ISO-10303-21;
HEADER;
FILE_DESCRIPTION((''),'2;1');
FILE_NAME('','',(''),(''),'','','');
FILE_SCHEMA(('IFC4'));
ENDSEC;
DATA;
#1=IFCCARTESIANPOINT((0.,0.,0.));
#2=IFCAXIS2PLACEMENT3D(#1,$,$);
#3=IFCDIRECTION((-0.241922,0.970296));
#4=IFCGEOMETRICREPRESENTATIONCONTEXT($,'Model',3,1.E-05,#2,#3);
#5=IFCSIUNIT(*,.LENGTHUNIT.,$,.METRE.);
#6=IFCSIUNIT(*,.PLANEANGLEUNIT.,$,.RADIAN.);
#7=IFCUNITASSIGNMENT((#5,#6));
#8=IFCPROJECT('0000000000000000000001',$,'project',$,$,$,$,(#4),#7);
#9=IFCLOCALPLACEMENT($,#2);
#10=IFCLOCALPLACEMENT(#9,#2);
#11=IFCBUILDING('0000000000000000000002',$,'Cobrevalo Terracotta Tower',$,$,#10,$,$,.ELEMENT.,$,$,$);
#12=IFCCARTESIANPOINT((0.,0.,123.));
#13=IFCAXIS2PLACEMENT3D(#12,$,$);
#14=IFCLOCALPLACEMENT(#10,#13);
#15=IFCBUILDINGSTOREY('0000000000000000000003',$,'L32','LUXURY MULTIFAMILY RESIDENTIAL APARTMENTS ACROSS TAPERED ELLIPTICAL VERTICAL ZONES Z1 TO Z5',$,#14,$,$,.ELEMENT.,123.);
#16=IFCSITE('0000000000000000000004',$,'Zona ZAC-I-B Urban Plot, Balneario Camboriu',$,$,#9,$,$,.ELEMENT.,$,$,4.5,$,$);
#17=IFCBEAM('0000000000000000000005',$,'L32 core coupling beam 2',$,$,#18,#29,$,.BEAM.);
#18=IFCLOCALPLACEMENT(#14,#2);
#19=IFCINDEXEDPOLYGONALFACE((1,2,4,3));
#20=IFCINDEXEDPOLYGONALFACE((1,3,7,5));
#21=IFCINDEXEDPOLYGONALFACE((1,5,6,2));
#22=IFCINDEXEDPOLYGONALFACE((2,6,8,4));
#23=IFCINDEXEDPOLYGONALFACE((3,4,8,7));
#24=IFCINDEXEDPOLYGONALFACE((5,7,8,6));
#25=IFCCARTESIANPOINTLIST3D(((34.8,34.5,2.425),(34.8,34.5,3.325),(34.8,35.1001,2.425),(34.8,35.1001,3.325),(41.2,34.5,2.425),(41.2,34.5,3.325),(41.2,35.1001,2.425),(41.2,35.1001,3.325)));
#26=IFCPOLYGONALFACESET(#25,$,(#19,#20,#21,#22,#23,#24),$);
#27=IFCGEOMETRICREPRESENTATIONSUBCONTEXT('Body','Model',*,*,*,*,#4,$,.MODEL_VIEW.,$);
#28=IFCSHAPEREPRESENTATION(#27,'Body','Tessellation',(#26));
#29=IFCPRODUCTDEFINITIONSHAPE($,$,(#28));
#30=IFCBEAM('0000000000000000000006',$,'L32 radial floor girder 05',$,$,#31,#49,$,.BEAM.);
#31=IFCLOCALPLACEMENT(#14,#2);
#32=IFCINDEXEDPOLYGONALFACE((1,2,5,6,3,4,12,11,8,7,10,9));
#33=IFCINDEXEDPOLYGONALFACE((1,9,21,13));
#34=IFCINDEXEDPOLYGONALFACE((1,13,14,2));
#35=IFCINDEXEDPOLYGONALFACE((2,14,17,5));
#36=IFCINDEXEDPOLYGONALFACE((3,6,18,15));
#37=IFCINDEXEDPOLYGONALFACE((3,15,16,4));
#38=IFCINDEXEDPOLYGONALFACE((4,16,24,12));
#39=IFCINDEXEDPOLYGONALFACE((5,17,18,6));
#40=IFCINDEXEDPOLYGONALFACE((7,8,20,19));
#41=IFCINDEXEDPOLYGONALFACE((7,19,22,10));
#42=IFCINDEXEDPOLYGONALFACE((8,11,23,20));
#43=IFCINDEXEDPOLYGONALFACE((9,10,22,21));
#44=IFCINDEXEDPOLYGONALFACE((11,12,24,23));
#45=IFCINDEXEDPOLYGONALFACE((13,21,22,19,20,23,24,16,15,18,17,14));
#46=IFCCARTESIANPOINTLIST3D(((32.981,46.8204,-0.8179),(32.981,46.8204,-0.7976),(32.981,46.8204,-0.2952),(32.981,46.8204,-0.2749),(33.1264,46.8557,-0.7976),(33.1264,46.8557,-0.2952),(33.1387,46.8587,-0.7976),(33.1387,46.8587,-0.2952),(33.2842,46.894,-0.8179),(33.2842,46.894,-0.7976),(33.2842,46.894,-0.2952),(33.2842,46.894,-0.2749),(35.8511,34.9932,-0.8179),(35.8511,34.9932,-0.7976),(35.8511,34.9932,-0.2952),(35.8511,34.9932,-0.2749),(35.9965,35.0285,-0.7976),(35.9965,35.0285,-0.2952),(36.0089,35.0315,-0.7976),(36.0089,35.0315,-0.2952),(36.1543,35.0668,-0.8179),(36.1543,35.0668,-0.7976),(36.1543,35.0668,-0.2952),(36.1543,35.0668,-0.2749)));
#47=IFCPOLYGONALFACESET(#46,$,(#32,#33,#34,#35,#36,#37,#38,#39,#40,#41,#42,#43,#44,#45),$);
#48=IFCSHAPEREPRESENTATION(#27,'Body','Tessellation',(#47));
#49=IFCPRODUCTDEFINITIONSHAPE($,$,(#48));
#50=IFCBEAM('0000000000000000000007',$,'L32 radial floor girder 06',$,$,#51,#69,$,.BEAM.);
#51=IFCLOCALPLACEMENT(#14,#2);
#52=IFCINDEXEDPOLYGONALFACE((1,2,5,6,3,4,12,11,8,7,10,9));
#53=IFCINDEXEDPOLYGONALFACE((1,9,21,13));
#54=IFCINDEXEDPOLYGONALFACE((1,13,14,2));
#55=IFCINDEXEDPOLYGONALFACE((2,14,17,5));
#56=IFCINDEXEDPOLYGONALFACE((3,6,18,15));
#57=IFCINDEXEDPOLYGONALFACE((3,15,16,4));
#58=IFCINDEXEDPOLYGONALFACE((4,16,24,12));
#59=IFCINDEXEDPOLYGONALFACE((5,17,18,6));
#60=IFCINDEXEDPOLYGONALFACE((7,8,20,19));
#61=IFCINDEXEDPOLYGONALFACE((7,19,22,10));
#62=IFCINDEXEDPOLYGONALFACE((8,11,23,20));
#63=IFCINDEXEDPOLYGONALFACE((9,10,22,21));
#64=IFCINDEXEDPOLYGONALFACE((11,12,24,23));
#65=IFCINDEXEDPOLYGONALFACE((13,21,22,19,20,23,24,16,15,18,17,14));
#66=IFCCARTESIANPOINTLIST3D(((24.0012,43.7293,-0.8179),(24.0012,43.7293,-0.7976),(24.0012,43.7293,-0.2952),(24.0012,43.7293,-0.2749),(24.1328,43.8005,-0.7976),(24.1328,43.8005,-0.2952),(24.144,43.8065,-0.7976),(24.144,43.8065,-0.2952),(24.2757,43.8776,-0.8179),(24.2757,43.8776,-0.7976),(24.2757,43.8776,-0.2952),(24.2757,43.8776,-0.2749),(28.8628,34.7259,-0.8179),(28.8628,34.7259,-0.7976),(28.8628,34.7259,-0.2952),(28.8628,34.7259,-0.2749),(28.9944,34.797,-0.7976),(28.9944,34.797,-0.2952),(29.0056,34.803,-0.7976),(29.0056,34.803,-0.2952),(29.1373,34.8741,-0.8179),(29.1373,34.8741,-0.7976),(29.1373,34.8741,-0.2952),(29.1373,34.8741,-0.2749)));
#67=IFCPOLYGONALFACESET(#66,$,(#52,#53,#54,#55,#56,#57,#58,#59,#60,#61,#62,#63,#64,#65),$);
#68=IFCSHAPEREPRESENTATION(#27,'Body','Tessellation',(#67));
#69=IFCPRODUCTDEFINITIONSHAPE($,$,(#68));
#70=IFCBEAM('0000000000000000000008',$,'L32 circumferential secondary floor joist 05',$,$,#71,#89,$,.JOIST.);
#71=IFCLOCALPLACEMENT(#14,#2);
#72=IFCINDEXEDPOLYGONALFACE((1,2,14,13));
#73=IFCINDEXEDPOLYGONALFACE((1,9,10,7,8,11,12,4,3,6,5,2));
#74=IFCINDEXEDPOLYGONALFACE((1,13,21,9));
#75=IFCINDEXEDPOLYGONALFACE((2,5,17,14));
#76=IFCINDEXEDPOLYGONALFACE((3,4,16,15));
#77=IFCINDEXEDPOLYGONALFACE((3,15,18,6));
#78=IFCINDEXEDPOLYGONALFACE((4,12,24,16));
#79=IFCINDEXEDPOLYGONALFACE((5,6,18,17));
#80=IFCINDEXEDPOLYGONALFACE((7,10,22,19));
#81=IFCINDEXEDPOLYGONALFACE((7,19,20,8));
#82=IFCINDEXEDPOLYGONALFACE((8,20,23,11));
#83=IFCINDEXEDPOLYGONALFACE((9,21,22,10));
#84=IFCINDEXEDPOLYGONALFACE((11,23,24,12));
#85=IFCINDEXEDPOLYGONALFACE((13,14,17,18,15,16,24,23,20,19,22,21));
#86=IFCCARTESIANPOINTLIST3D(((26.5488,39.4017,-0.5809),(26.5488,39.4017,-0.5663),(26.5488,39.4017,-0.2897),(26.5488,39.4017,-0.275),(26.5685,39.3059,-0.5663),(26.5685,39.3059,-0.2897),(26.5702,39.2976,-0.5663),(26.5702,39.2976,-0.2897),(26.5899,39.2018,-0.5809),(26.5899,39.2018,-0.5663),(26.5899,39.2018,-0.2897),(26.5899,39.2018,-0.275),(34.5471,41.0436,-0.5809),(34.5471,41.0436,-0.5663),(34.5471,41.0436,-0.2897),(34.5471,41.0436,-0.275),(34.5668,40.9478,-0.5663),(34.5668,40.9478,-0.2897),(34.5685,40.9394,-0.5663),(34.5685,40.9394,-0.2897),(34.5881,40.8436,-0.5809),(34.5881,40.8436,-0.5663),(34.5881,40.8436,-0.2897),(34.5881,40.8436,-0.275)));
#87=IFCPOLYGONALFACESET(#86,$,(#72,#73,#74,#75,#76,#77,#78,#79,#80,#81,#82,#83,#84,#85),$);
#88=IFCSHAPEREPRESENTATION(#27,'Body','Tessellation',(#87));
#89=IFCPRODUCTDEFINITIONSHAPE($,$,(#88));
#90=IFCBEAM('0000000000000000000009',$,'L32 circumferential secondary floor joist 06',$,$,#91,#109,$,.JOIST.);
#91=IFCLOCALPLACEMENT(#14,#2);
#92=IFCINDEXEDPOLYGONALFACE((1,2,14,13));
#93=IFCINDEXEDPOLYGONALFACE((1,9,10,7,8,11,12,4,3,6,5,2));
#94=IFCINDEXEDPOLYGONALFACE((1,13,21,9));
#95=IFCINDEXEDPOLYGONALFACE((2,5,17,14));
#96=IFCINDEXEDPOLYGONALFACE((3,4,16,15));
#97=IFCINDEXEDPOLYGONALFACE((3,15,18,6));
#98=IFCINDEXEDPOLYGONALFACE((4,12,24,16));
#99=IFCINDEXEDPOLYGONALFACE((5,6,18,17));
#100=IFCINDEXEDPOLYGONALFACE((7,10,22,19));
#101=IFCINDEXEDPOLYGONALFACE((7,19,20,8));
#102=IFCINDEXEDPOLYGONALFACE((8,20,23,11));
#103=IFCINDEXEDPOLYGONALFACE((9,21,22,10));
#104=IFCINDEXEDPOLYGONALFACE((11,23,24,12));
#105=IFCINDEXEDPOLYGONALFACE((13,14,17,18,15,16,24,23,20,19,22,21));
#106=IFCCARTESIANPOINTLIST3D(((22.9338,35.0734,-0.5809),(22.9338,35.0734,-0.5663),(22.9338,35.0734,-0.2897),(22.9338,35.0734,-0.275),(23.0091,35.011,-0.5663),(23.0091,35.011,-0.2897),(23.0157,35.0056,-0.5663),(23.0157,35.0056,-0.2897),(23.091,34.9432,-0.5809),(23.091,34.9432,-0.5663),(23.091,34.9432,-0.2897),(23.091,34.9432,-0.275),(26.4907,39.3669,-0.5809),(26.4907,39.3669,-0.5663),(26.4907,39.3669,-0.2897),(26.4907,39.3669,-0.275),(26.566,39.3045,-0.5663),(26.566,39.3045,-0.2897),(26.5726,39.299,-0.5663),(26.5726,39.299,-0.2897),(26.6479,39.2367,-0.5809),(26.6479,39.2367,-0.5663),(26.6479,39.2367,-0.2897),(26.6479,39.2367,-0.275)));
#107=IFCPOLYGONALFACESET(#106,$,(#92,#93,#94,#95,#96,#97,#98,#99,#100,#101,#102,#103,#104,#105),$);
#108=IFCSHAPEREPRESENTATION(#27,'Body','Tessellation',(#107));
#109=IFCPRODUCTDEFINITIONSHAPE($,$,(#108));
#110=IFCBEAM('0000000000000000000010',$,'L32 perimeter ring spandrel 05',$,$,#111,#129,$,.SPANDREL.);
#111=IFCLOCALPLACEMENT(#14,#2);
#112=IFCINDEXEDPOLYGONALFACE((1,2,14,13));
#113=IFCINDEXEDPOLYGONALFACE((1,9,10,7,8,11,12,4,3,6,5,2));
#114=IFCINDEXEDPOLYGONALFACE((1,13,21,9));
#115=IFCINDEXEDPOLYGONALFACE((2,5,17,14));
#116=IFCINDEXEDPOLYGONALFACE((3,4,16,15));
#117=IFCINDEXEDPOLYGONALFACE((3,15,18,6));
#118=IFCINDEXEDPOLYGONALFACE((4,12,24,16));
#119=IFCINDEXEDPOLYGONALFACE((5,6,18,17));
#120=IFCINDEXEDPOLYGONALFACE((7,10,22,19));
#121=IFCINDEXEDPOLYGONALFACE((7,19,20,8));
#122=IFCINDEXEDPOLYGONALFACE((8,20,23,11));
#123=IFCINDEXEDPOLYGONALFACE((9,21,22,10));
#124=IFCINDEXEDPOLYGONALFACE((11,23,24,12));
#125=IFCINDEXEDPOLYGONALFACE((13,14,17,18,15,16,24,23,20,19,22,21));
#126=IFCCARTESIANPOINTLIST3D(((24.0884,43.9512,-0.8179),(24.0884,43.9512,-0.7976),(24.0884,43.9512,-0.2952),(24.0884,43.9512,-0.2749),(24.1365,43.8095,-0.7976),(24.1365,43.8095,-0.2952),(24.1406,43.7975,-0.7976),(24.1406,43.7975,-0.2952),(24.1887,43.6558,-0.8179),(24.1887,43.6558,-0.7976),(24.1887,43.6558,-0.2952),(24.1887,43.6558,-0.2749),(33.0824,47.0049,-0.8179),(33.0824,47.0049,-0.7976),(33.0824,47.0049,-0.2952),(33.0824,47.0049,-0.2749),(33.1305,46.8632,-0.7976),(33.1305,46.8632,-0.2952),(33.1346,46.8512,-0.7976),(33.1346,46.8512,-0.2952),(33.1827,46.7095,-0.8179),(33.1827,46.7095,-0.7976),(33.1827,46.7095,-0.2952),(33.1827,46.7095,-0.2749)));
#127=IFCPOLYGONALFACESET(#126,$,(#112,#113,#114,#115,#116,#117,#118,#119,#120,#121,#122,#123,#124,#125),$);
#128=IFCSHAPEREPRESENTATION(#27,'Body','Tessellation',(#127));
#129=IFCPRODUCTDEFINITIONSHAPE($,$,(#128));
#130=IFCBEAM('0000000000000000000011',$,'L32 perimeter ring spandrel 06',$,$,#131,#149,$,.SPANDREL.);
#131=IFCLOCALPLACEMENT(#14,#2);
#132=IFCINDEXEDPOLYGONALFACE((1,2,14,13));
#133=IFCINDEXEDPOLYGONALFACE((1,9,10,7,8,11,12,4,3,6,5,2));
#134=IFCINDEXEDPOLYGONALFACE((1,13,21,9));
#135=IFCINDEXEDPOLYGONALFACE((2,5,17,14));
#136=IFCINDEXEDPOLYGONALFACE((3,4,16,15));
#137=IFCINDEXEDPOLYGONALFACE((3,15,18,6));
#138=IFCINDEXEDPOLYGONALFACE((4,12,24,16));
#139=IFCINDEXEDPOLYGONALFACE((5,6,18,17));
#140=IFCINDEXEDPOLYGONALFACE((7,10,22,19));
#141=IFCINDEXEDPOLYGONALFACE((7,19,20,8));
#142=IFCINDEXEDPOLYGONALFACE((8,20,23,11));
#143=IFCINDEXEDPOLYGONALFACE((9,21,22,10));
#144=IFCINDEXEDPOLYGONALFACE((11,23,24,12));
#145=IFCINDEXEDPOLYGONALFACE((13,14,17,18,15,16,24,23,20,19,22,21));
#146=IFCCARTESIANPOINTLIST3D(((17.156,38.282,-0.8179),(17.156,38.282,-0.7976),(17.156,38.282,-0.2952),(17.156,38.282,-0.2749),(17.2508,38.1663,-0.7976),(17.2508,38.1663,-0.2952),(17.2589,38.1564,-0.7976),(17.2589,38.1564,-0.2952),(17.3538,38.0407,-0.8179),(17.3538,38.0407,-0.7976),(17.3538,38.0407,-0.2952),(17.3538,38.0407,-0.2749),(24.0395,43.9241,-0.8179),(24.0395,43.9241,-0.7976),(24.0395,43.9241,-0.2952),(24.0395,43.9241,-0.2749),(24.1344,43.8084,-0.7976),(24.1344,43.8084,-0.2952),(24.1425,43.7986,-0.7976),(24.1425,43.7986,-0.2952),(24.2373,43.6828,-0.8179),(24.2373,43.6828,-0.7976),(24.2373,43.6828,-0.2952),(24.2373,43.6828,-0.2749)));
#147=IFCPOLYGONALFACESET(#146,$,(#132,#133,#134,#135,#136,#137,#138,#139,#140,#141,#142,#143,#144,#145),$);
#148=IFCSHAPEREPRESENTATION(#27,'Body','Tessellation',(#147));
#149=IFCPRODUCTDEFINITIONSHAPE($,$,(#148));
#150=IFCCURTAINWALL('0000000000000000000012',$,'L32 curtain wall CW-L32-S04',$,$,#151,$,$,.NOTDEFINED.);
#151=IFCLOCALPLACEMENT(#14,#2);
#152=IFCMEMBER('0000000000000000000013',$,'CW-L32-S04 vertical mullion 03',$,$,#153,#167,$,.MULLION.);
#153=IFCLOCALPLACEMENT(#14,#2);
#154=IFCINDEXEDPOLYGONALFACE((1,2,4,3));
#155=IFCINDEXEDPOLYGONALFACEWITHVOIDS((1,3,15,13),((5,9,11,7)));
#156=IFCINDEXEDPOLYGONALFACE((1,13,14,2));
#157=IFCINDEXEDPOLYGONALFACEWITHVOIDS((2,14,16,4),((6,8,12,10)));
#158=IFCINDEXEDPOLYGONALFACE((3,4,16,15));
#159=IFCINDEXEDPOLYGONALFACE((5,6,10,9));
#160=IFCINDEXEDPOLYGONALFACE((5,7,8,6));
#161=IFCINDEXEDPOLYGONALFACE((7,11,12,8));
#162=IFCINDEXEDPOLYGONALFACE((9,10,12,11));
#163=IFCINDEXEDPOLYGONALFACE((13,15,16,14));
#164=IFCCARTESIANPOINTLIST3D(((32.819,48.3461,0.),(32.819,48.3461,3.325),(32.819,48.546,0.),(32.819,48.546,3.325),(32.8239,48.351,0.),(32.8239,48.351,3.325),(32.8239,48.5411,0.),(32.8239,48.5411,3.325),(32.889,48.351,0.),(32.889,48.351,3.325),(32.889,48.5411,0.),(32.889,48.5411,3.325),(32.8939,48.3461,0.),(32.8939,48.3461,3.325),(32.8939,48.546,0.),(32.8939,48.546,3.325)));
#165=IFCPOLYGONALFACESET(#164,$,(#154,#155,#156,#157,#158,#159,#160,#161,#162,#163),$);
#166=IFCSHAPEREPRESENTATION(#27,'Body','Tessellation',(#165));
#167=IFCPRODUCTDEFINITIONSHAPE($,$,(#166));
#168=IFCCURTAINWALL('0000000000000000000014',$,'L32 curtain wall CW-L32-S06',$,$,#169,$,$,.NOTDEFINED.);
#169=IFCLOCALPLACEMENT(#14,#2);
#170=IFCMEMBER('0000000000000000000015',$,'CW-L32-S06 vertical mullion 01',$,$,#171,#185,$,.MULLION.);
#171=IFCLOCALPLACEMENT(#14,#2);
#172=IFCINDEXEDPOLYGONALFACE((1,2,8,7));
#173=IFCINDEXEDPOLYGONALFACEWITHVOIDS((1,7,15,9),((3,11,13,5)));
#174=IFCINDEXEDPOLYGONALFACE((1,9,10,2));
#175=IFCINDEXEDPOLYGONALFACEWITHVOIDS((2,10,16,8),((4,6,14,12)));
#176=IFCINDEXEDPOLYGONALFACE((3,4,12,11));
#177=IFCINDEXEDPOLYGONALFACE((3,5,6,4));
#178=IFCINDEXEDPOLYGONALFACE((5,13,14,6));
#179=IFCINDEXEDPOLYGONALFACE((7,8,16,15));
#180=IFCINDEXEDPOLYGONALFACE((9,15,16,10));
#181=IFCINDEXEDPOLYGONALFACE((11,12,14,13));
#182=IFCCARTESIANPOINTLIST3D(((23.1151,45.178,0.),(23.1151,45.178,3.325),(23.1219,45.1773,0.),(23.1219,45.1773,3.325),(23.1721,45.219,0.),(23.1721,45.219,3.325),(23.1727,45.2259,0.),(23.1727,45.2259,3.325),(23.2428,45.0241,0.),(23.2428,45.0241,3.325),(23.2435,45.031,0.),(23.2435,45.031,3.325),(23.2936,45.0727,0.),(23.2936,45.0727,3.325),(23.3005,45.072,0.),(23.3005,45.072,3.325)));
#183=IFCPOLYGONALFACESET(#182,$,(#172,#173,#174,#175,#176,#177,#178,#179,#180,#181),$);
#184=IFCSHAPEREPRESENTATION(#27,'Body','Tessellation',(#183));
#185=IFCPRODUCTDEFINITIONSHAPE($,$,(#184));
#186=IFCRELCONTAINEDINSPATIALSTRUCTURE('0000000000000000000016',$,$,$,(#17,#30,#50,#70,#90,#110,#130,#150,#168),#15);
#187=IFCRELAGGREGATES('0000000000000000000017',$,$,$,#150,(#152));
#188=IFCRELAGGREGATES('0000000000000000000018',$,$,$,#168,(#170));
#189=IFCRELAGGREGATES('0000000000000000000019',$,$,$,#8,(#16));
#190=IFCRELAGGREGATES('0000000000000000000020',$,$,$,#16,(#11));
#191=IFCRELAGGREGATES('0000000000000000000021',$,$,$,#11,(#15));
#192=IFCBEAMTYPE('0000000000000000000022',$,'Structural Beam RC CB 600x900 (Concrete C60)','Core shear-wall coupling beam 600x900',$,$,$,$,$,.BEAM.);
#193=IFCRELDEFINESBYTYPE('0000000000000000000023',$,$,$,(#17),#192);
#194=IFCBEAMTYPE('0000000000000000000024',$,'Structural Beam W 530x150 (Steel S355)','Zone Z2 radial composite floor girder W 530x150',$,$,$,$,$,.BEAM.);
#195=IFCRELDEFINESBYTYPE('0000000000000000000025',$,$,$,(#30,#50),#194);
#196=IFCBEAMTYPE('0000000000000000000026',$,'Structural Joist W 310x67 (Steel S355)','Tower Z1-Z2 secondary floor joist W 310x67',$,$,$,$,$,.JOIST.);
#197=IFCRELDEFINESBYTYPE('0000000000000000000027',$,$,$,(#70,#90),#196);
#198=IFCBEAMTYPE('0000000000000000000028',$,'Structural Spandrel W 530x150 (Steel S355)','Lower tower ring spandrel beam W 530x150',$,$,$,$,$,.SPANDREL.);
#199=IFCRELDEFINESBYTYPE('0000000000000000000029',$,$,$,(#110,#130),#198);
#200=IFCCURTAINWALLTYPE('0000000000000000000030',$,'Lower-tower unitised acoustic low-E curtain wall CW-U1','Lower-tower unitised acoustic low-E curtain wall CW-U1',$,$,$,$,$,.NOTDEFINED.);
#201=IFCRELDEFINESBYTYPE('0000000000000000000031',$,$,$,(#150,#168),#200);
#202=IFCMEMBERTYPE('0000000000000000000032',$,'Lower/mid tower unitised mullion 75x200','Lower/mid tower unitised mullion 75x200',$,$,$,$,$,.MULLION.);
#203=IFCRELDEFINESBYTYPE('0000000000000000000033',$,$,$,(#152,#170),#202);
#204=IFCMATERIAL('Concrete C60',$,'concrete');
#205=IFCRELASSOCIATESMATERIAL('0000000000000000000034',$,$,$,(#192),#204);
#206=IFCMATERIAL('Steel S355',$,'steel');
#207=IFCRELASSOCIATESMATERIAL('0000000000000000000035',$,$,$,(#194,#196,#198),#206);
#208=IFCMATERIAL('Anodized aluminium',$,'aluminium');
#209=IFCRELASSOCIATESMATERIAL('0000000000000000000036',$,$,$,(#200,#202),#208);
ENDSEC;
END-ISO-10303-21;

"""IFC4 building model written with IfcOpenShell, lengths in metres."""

from ifc_helpers import new_model, si_unit, direction, frame, origin, origin_2d, place, context, subcontext, project, spatial, rectangle, hollow_rectangle, i_section, extrude, source, transform, mapped, material, material_profile, profile_set, type_object, element, aggregate, save


model = new_model("IFC4")

# Units and contexts
model_context = context("Model", 3, precision=1e-05, world=origin(), true_north=direction((-0.241922, 0.970296)))
body_context = subcontext(model_context, "Body", "Model", "MODEL_VIEW")
ifc_project = project(units=[si_unit("LENGTHUNIT", "METRE"), si_unit("PLANEANGLEUNIT", "RADIAN")], contexts=[model_context])

# Site, building, storey
site_placement = place(None, origin())
site = spatial("IfcSite", under=ifc_project, at=site_placement, Name="Zona ZAC-I-B Urban Plot, Balneario Camboriu", CompositionType="ELEMENT", RefElevation=4.5)
building_placement = place(site_placement, origin())
building = spatial("IfcBuilding", under=site, at=building_placement, Name="Cobrevalo Terracotta Tower", CompositionType="ELEMENT")
storey_placement = place(building_placement, frame((0.0, 0.0, 123.0)))
storey = spatial("IfcBuildingStorey", under=building, at=storey_placement, Name="L32", Description="LUXURY MULTIFAMILY RESIDENTIAL APARTMENTS ACROSS TAPERED ELLIPTICAL VERTICAL ZONES Z1 TO Z5", CompositionType="ELEMENT", Elevation=123.0)

# Shared definitions
ifc_material_1 = material(Name="Steel S355", Category="steel")

# Beams
ifc_material_2 = material(Name="Concrete C60", Category="concrete")
ifc_material_profile_1 = material_profile(ifc_material_2, rectangle(XDim=0.6001, YDim=0.8999, at=origin_2d()), Name="RC CB 600x900")
ifc_profile_set_1 = profile_set([ifc_material_profile_1], Name="Concrete C60")
beam_type_1 = type_object("IfcBeamType", Name="Structural Beam RC CB 600x900 (Concrete C60)", Description="Core shear-wall coupling beam 600x900", PredefinedType="BEAM", material=ifc_profile_set_1)
beam_1_placement = place(storey_placement, frame((34.8, 34.8, 2.875), z_axis=(1.0, 0.0, 0.0), x_axis=(0.0, 1.0, 0.0)))
element("IfcBeam", 1, at=beam_1_placement, inside=storey, type_object=beam_type_1, Name="L32 core coupling beam 2", PredefinedType="BEAM", context=body_context, shape_type="SweptSolid", body=[
    extrude(rectangle(XDim=0.6001, YDim=0.8999, at=origin_2d()), origin(), (0.0, 0.0, 1.0), 6.3999),
])
ifc_material_profile_2 = material_profile(ifc_material_1, i_section(OverallWidth=0.312, OverallDepth=0.543, WebThickness=0.0127, FlangeThickness=0.0203, at=origin_2d()), Name="W 530x150")
ifc_profile_set_2 = profile_set([ifc_material_profile_2], Name="Steel S355")
beam_type_2 = type_object("IfcBeamType", Name="Structural Beam W 530x150 (Steel S355)", Description="Zone Z2 radial composite floor girder W 530x150", PredefinedType="BEAM", material=ifc_profile_set_2)
beam_2_placement = place(storey_placement, frame((33.1326, 46.8572, -0.5464), z_axis=(0.235827, -0.971795, 0.0), x_axis=(0.971795, 0.235827, 0.0)))
element("IfcBeam", 2, at=beam_2_placement, inside=storey, type_object=beam_type_2, Name="L32 radial floor girder 05", PredefinedType="BEAM", context=body_context, shape_type="SweptSolid", body=[
    extrude(i_section(OverallWidth=0.312, OverallDepth=0.543, WebThickness=0.0127, FlangeThickness=0.0203, at=origin_2d()), origin(), (0.0, 0.0, 1.0), 12.1704),
])
beam_3_placement = place(storey_placement, frame((24.1384, 43.8035, -0.5464), z_axis=(0.475128, -0.879917, 0.0), x_axis=(0.879917, 0.475128, 0.0)))
element("IfcBeam", 3, at=beam_3_placement, inside=storey, type_object=beam_type_2, Name="L32 radial floor girder 06", PredefinedType="BEAM", context=body_context, shape_type="SweptSolid", body=[
    extrude(i_section(OverallWidth=0.312, OverallDepth=0.543, WebThickness=0.0127, FlangeThickness=0.0203, at=origin_2d()), origin(), (0.0, 0.0, 1.0), 10.2322),
])
ifc_material_profile_3 = material_profile(ifc_material_1, i_section(OverallWidth=0.2041, OverallDepth=0.3059, WebThickness=0.0085, FlangeThickness=0.0146, at=origin_2d()), Name="W 310x67")
ifc_profile_set_3 = profile_set([ifc_material_profile_3], Name="Steel S355")
beam_type_3 = type_object("IfcBeamType", Name="Structural Joist W 310x67 (Steel S355)", Description="Tower Z1-Z2 secondary floor joist W 310x67", PredefinedType="JOIST", material=ifc_profile_set_3)
beam_4_placement = place(storey_placement, frame((34.5676, 40.9436, -0.428), z_axis=(-0.979574, -0.201082, 0.0), x_axis=(0.201082, -0.979574, 0.0)))
element("IfcBeam", 4, at=beam_4_placement, inside=storey, type_object=beam_type_3, Name="L32 circumferential secondary floor joist 05", PredefinedType="JOIST", context=body_context, shape_type="SweptSolid", body=[
    extrude(i_section(OverallWidth=0.2041, OverallDepth=0.3059, WebThickness=0.0085, FlangeThickness=0.0146, at=origin_2d()), origin(), (0.0, 0.0, 1.0), 8.165),
])
beam_5_placement = place(storey_placement, frame((26.5693, 39.3018, -0.428), z_axis=(-0.637959, -0.77007, 0.0), x_axis=(0.77007, -0.637959, 0.0)))
element("IfcBeam", 5, at=beam_5_placement, inside=storey, type_object=beam_type_3, Name="L32 circumferential secondary floor joist 06", PredefinedType="JOIST", context=body_context, shape_type="SweptSolid", body=[
    extrude(i_section(OverallWidth=0.2041, OverallDepth=0.3059, WebThickness=0.0085, FlangeThickness=0.0146, at=origin_2d()), origin(), (0.0, 0.0, 1.0), 5.5754),
])
ifc_material_profile_4 = material_profile(ifc_material_1, i_section(OverallWidth=0.312, OverallDepth=0.543, WebThickness=0.0127, FlangeThickness=0.0203, at=origin_2d()), Name="W 530x150")
ifc_profile_set_4 = profile_set([ifc_material_profile_4], Name="Steel S355")
beam_type_4 = type_object("IfcBeamType", Name="Structural Spandrel W 530x150 (Steel S355)", Description="Lower tower ring spandrel beam W 530x150", PredefinedType="SPANDREL", material=ifc_profile_set_4)
beam_6_placement = place(storey_placement, frame((33.1326, 46.8572, -0.5464), z_axis=(-0.946911, -0.321497, 0.0), x_axis=(0.321497, -0.946911, 0.0)))
element("IfcBeam", 6, at=beam_6_placement, inside=storey, type_object=beam_type_4, Name="L32 perimeter ring spandrel 05", PredefinedType="SPANDREL", context=body_context, shape_type="SweptSolid", body=[
    extrude(i_section(OverallWidth=0.312, OverallDepth=0.543, WebThickness=0.0127, FlangeThickness=0.0203, at=origin_2d()), origin(), (0.0, 0.0, 1.0), 9.4983),
])
beam_7_placement = place(storey_placement, frame((24.1384, 43.8035, -0.5464), z_axis=(-0.773401, -0.633917, 0.0), x_axis=(0.633917, -0.773401, 0.0)))
element("IfcBeam", 7, at=beam_7_placement, inside=storey, type_object=beam_type_4, Name="L32 perimeter ring spandrel 06", PredefinedType="SPANDREL", context=body_context, shape_type="SweptSolid", body=[
    extrude(i_section(OverallWidth=0.312, OverallDepth=0.543, WebThickness=0.0127, FlangeThickness=0.0203, at=origin_2d()), origin(), (0.0, 0.0, 1.0), 8.9004),
])

# Curtain wall, member
ifc_material_3 = material(Name="Anodized aluminium", Category="aluminium")
curtain_wall_type = type_object("IfcCurtainWallType", Name="Lower-tower unitised acoustic low-E curtain wall CW-U1", Description="Lower-tower unitised acoustic low-E curtain wall CW-U1", PredefinedType="NOTDEFINED", material=ifc_material_3)
curtain_wall_1_placement = place(storey_placement, origin())
curtain_wall_1 = element("IfcCurtainWall", 8, at=curtain_wall_1_placement, inside=storey, type_object=curtain_wall_type, Name="L32 curtain wall CW-L32-S04", PredefinedType="NOTDEFINED")
ifc_material_profile_5 = material_profile(ifc_material_3, hollow_rectangle(XDim=0.075, YDim=0.2, WallThickness=0.0049, at=origin_2d()), Name="CWM 75x200")
ifc_profile_set_5 = profile_set([ifc_material_profile_5], Name="Anodized aluminium")
member_type_1 = type_object("IfcMemberType", Name="Lower/mid tower unitised mullion 75x200", Description="Lower/mid tower unitised mullion 75x200", PredefinedType="MULLION", material=ifc_profile_set_5)
shared_shape_1 = source(origin(), body_context, "Body", "SweptSolid", [
    extrude(hollow_rectangle(XDim=0.075, YDim=0.2, WallThickness=0.0049, at=origin_2d()), origin(), (0.0, 0.0, 1.0), 3.325),
])
member_1_placement = place(storey_placement, frame((32.8564, 48.446, 0.0), z_axis=(0.0, 0.0, 1.0), x_axis=(-1.0, 0.0, 0.0)))
member_1 = element("IfcMember", 9, at=member_1_placement, type_object=member_type_1, Name="CW-L32-S04 vertical mullion 03", PredefinedType="MULLION", context=body_context, shape_type="MappedRepresentation", body=[
    mapped(shared_shape_1, transform((0.0, 0.0, 0.0), scale=1.0)),
])
aggregate(curtain_wall_1, [member_1])

# Curtain wall, member
curtain_wall_2_placement = place(storey_placement, origin())
curtain_wall_2 = element("IfcCurtainWall", 10, at=curtain_wall_2_placement, inside=storey, type_object=curtain_wall_type, Name="L32 curtain wall CW-L32-S06", PredefinedType="NOTDEFINED")
member_2_placement = place(storey_placement, frame((23.2078, 45.125, 0.0), z_axis=(0.0, 0.0, 1.0), x_axis=(-0.769243, -0.638956, 0.0)))
member_2 = element("IfcMember", 11, at=member_2_placement, type_object=member_type_1, Name="CW-L32-S06 vertical mullion 01", PredefinedType="MULLION", context=body_context, shape_type="MappedRepresentation", body=[
    mapped(shared_shape_1, transform((0.0, 0.0, 0.0), scale=1.0)),
])
aggregate(curtain_wall_2, [member_2])

save(model, "model.ifc")
